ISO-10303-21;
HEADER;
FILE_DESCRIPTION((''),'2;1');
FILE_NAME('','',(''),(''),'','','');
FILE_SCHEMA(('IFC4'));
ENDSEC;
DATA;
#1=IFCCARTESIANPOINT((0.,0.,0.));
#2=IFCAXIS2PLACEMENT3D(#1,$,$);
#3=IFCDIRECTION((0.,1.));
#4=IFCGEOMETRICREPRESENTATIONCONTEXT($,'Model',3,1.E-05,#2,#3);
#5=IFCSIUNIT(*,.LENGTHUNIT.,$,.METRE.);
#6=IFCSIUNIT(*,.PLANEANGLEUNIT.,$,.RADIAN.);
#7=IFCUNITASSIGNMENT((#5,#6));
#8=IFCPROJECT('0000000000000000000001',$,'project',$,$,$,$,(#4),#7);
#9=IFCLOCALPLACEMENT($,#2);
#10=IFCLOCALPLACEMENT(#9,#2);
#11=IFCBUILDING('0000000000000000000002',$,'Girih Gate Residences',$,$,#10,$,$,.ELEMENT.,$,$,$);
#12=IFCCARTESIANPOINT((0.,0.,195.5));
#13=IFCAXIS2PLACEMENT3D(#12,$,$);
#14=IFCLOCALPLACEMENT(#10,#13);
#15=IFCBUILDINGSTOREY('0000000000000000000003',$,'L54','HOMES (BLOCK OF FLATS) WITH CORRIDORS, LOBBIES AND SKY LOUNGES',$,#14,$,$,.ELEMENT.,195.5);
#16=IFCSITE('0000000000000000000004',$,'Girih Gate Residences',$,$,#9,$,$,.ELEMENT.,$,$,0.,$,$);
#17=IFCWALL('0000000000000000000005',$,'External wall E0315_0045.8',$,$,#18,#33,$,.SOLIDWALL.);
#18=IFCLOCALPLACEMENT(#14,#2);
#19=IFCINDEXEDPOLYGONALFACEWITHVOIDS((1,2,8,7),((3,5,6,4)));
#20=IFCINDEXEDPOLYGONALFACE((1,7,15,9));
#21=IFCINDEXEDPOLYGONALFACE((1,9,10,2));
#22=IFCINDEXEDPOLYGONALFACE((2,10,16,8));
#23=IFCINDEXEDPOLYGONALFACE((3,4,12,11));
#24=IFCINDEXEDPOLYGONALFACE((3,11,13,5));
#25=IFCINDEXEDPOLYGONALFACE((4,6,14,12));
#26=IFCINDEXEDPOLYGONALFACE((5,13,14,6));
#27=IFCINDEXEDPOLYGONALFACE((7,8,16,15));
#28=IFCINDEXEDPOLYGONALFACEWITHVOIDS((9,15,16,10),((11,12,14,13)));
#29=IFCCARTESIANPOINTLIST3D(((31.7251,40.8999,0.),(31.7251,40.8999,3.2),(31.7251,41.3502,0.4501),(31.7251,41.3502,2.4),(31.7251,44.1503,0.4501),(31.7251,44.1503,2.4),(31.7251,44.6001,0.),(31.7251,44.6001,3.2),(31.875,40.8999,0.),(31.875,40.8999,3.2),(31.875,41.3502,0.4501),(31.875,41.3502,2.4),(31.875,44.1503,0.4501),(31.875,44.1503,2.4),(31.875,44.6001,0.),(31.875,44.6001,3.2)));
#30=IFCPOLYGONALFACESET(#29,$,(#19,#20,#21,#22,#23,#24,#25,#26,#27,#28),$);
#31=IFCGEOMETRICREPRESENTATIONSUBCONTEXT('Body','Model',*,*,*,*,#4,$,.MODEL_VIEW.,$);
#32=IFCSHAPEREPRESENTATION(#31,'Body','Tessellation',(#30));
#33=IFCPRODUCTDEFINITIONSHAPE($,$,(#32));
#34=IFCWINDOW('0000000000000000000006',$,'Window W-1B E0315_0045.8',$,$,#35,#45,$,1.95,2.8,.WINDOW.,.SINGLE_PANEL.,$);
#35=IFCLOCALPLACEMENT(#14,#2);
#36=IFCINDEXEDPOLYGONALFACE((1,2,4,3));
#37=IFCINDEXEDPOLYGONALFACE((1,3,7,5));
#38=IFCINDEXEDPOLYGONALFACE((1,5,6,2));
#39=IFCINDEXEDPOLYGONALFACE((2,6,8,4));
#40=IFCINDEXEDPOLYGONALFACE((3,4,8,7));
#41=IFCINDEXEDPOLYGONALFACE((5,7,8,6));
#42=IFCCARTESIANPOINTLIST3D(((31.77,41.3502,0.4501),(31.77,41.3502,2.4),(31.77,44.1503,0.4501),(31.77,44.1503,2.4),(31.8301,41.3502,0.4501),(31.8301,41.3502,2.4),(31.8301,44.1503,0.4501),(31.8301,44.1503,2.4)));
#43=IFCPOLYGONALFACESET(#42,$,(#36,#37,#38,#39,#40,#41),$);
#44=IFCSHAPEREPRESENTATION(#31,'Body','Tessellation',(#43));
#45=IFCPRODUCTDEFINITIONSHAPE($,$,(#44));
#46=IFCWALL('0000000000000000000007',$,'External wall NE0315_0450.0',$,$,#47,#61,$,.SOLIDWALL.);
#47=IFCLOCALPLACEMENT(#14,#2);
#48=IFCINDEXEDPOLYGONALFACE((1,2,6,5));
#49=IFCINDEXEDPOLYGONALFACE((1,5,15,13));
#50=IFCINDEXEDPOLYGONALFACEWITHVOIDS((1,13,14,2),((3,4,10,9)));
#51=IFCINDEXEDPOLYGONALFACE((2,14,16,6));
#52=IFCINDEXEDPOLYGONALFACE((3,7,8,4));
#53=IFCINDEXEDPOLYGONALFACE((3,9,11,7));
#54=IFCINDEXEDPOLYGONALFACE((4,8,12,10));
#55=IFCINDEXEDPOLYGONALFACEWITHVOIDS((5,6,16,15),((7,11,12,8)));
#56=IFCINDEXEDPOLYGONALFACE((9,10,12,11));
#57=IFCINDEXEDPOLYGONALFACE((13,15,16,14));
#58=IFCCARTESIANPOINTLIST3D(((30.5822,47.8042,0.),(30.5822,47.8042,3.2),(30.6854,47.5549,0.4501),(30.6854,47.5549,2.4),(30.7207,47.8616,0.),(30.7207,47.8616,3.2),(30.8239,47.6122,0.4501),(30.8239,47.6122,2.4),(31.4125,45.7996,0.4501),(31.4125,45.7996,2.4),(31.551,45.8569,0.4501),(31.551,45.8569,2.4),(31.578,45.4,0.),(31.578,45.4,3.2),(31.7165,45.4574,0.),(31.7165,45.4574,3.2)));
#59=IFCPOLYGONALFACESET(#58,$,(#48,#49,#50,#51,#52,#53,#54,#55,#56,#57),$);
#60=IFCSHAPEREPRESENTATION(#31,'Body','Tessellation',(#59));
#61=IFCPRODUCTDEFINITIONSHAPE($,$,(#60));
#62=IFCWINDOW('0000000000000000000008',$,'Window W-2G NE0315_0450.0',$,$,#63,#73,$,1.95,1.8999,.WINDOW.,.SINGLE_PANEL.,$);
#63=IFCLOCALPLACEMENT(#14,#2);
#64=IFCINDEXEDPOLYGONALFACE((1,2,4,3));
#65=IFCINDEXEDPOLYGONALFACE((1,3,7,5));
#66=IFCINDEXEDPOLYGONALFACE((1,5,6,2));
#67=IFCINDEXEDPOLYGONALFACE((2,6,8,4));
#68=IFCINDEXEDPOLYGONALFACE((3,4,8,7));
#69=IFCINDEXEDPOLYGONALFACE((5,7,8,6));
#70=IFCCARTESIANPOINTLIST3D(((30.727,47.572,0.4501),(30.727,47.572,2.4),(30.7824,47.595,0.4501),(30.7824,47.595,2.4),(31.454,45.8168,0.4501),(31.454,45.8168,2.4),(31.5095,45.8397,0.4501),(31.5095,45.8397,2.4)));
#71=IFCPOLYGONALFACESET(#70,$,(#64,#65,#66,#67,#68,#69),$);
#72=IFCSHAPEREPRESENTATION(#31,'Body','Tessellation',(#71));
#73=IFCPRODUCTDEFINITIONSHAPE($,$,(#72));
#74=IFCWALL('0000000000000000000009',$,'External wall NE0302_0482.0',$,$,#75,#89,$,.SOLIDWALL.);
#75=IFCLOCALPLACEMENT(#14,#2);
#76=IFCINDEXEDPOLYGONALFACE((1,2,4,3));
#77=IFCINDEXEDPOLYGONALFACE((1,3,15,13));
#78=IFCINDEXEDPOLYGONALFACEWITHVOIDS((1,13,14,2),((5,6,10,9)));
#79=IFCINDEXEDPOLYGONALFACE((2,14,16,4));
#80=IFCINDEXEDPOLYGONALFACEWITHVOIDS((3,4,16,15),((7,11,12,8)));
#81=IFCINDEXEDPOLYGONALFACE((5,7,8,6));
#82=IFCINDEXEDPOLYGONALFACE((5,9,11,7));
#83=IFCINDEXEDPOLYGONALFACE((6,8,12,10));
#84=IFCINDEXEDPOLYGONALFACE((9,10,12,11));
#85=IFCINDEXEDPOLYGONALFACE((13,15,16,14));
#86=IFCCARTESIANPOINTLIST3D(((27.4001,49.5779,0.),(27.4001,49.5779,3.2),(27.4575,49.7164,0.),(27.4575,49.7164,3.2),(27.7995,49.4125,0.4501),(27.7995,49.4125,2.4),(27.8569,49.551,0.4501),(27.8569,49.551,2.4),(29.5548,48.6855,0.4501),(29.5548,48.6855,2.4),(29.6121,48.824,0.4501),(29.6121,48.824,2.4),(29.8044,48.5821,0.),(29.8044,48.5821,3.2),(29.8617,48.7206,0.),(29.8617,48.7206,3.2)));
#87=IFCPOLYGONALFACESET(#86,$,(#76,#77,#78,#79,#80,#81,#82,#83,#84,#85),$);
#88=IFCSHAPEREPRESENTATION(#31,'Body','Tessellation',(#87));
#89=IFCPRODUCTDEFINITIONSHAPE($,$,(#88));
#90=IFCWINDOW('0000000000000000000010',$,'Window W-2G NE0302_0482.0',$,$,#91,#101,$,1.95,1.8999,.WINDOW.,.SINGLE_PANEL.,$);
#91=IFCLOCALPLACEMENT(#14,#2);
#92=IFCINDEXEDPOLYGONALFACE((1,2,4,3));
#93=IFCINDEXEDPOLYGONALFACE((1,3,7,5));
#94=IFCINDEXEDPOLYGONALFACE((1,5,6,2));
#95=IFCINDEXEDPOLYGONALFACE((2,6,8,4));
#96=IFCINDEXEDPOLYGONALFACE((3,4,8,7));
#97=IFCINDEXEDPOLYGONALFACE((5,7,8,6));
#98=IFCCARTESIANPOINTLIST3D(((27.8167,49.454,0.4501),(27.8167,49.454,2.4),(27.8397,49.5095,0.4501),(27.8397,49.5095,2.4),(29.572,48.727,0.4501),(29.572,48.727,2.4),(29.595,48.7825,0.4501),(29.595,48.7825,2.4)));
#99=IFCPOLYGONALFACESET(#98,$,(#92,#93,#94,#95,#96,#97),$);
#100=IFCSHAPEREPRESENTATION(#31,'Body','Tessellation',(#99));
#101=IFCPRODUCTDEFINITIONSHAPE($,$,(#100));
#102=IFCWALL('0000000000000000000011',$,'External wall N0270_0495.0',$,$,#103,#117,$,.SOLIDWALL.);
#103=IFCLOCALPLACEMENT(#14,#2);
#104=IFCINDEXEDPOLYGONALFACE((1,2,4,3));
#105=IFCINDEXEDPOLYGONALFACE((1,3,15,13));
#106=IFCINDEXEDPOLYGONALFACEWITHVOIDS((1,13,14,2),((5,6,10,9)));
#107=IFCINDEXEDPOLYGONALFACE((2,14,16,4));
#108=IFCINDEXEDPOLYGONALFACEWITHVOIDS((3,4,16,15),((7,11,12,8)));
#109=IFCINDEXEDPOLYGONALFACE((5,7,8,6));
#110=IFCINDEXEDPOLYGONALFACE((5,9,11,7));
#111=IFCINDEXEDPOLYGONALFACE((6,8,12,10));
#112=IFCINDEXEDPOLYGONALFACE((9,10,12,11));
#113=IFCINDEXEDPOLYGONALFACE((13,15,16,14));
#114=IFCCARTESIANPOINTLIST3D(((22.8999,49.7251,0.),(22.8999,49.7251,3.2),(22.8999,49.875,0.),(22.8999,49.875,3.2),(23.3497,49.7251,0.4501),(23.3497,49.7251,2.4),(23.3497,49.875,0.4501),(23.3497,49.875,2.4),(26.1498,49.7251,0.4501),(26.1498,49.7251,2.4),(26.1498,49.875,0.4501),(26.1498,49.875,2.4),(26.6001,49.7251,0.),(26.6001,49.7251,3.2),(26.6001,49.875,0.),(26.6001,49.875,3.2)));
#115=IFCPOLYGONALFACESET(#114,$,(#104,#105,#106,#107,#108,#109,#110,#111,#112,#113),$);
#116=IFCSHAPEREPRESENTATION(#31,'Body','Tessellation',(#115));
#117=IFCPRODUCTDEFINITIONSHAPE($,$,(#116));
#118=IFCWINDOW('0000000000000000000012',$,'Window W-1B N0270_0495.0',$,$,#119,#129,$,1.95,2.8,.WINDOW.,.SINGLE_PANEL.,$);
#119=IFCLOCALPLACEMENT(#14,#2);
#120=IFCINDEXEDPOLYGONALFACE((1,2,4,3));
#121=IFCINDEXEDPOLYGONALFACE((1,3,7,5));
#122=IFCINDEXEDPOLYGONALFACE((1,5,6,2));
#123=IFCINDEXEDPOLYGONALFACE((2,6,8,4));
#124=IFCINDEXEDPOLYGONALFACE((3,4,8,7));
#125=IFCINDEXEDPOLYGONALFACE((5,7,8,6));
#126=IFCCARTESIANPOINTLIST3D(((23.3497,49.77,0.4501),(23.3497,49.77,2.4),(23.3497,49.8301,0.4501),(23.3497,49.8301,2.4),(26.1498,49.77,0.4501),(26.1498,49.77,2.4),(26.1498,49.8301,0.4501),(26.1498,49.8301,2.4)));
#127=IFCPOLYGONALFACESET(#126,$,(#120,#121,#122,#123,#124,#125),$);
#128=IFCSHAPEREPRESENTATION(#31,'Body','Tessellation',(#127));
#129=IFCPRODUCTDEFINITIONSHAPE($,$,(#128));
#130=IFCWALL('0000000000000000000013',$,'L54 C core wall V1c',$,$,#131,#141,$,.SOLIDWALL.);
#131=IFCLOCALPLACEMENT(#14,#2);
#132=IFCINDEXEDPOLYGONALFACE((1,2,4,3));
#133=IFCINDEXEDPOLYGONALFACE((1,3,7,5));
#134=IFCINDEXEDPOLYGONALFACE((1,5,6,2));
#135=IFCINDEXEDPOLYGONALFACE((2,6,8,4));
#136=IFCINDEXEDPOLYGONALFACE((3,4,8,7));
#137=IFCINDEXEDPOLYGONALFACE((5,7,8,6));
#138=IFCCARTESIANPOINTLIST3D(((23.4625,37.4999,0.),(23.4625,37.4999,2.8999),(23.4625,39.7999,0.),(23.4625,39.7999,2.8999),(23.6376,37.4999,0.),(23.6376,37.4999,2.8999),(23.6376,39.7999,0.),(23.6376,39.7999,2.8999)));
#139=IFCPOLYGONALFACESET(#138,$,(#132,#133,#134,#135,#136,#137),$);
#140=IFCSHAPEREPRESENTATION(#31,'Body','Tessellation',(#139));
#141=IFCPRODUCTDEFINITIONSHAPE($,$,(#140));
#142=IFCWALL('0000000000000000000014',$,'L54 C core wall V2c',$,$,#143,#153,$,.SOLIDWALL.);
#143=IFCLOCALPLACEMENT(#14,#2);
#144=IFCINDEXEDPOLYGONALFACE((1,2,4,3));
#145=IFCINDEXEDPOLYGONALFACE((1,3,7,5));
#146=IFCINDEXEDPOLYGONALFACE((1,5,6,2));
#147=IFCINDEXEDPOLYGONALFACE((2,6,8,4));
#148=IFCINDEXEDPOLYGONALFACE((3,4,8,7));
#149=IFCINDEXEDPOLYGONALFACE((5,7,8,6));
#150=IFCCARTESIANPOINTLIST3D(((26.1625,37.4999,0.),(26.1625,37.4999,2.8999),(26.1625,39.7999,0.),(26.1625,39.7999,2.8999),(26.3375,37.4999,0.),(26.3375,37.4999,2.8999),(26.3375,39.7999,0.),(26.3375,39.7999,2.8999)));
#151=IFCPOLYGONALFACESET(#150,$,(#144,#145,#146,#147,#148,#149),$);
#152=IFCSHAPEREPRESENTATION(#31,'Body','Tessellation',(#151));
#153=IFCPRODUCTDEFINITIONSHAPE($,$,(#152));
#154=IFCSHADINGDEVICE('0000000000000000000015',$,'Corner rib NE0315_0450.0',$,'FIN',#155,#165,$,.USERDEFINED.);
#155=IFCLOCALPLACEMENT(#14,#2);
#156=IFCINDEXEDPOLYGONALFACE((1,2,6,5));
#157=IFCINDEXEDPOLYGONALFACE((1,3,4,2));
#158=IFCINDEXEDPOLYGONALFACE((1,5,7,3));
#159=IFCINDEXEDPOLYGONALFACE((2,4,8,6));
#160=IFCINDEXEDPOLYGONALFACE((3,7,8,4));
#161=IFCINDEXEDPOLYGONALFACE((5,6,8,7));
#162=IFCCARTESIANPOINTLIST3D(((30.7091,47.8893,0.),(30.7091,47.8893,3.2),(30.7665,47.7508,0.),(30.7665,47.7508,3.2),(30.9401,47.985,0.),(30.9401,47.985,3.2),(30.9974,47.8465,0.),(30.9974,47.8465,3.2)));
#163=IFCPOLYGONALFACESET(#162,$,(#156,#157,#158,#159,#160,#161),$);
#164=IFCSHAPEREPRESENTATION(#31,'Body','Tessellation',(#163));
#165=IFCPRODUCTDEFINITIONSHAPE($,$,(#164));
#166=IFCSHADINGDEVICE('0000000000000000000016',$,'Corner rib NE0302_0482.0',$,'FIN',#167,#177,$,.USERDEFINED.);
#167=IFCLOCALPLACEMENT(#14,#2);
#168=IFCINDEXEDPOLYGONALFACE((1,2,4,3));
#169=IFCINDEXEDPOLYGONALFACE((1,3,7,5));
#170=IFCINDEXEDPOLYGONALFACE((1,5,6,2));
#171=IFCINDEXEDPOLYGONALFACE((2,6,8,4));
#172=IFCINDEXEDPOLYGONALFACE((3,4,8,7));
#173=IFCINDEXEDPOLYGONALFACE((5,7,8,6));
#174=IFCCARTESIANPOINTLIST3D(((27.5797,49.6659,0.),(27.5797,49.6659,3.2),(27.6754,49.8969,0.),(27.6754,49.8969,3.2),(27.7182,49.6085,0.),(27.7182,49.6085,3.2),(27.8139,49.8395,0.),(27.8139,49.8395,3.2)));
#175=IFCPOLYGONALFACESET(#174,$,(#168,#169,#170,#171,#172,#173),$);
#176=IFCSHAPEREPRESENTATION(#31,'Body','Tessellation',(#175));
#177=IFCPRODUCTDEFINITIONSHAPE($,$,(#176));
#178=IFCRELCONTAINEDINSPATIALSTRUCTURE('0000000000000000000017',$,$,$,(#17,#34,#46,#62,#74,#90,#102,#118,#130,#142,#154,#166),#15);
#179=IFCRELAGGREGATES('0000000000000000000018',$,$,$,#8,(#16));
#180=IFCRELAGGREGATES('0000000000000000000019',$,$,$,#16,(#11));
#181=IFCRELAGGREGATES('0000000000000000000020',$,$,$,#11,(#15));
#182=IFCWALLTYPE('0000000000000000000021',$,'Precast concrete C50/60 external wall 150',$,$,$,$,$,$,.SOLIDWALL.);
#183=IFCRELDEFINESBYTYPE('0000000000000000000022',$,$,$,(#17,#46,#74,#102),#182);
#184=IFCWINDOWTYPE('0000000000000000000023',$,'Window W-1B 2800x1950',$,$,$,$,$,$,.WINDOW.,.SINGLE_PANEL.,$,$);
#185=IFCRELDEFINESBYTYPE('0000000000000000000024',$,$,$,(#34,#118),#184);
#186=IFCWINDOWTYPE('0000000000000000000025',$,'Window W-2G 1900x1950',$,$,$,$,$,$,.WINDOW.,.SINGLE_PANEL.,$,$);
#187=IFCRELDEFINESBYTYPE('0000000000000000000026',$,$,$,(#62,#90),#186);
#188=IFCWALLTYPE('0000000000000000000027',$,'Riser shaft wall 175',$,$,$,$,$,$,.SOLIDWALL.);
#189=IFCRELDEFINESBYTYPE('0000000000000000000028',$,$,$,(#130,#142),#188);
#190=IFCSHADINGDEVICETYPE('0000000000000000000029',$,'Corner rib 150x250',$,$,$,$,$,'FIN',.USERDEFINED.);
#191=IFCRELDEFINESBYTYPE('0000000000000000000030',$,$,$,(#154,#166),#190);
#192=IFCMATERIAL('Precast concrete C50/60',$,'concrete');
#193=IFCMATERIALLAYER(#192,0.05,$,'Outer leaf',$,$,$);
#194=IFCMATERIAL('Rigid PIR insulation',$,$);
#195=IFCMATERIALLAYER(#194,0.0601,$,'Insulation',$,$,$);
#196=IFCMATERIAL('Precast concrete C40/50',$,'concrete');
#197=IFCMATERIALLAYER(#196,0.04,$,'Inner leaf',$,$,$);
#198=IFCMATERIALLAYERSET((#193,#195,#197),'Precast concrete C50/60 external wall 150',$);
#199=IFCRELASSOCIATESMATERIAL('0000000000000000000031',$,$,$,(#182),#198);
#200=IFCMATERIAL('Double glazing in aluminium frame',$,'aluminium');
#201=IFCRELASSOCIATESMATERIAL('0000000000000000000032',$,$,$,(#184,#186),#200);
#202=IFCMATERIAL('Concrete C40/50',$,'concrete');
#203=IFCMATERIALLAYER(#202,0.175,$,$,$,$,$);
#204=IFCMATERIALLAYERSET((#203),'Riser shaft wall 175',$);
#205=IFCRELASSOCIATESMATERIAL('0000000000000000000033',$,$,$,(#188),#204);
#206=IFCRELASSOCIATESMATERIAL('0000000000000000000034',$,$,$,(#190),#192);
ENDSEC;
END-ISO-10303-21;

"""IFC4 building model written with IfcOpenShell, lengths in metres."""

from ifc_helpers import new_model, si_unit, direction, frame, frame_2d, origin, origin_2d, place, context, subcontext, project, spatial, rectangle, extrude, material, layer, layer_set, type_object, element, fill, save


model = new_model("IFC4")

# Units and contexts
model_context = context("Model", 3, precision=1e-05, world=origin(), true_north=direction((0.0, 1.0)))
body_context = subcontext(model_context, "Body", "Model", "MODEL_VIEW")
ifc_project = project(units=[si_unit("LENGTHUNIT", "METRE"), si_unit("PLANEANGLEUNIT", "RADIAN")], contexts=[model_context])

# Site, building, storey
site_placement = place(None, origin())
site = spatial("IfcSite", under=ifc_project, at=site_placement, Name="Girih Gate Residences", CompositionType="ELEMENT", RefElevation=0.0)
building_placement = place(site_placement, origin())
building = spatial("IfcBuilding", under=site, at=building_placement, Name="Girih Gate Residences", CompositionType="ELEMENT")
storey_placement = place(building_placement, frame((0.0, 0.0, 195.5)))
storey = spatial("IfcBuildingStorey", under=building, at=storey_placement, Name="L54", Description="HOMES (BLOCK OF FLATS) WITH CORRIDORS, LOBBIES AND SKY LOUNGES", CompositionType="ELEMENT", Elevation=195.5)

# Walls, openings, windows
ifc_material_1 = material(Name="Precast concrete C50/60", Category="concrete")
ifc_layer_1 = layer(ifc_material_1, 0.05, Name="Outer leaf")
ifc_material_2 = material(Name="Rigid PIR insulation")
ifc_layer_2 = layer(ifc_material_2, 0.0601, Name="Insulation")
ifc_material_3 = material(Name="Precast concrete C40/50", Category="concrete")
ifc_layer_3 = layer(ifc_material_3, 0.04, Name="Inner leaf")
ifc_layer_set_1 = layer_set([ifc_layer_1, ifc_layer_2, ifc_layer_3], Name="Precast concrete C50/60 external wall 150")
wall_type_1 = type_object("IfcWallType", Name="Precast concrete C50/60 external wall 150", PredefinedType="SOLIDWALL", material=ifc_layer_set_1)
ifc_material_4 = material(Name="Double glazing in aluminium frame", Category="aluminium")
window_type_1 = type_object("IfcWindowType", Name="Window W-1B 2800x1950", PartitioningType="SINGLE_PANEL", PredefinedType="WINDOW", material=ifc_material_4)
wall_1_placement = place(storey_placement, frame((31.8, 44.6001, 0.0), z_axis=(0.0, 0.0, 1.0), x_axis=(0.0, -1.0, 0.0)))
wall_1 = element("IfcWall", 1, at=wall_1_placement, inside=storey, type_object=wall_type_1, Name="External wall E0315_0045.8", PredefinedType="SOLIDWALL", context=body_context, shape_type="SweptSolid", body=[
    extrude(rectangle(XDim=3.7002, YDim=0.1499, at=frame_2d((1.8501, 0.0))), origin(), (0.0, 0.0, 1.0), 3.2),
])
opening_1_placement = place(wall_1_placement, frame((0.45, 0.0, 0.45)))
opening_1 = element("IfcOpeningElement", 2, at=opening_1_placement, cuts=wall_1, PredefinedType="OPENING", context=body_context, shape_type="SweptSolid", body=[
    extrude(rectangle(XDim=2.8, YDim=1.95, at=frame_2d((1.3999, 0.9751))), frame((0.0, 0.085, 0.0), z_axis=(0.0, -1.0, 0.0), x_axis=(1.0, 0.0, 0.0)), (0.0, 0.0, 1.0), 0.1699),
])
window_1_placement = place(opening_1_placement, origin())
window_1 = element("IfcWindow", 3, at=window_1_placement, inside=storey, type_object=window_type_1, Name="Window W-1B E0315_0045.8", OverallHeight=1.95, OverallWidth=2.8, PartitioningType="SINGLE_PANEL", PredefinedType="WINDOW", context=body_context, shape_type="SweptSolid", body=[
    extrude(rectangle(XDim=2.8, YDim=1.95, at=frame_2d((1.3999, 0.9751))), frame((0.0, 0.03, 0.0), z_axis=(0.0, -1.0, 0.0), x_axis=(1.0, 0.0, 0.0)), (0.0, 0.0, 1.0), 0.0601),
])
fill(opening_1, window_1)
wall_2_placement = place(storey_placement, frame((30.6514, 47.833, 0.0), z_axis=(0.0, 0.0, 1.0), x_axis=(0.382669, -0.923885, 0.0)))
wall_2 = element("IfcWall", 4, at=wall_2_placement, inside=storey, type_object=wall_type_1, Name="External wall NE0315_0450.0", PredefinedType="SOLIDWALL", context=body_context, shape_type="SweptSolid", body=[
    extrude(rectangle(XDim=2.6023, YDim=0.1499, at=frame_2d((1.3013, 0.0))), origin(), (0.0, 0.0, 1.0), 3.2),
])
opening_2_placement = place(wall_2_placement, frame((0.27, 0.0, 0.45)))
opening_2 = element("IfcOpeningElement", 5, at=opening_2_placement, cuts=wall_2, PredefinedType="OPENING", context=body_context, shape_type="SweptSolid", body=[
    extrude(rectangle(XDim=1.8999, YDim=1.95, at=frame_2d((0.95, 0.9751))), frame((0.0, 0.085, 0.0), z_axis=(0.0, -1.0, 0.0), x_axis=(1.0, 0.0, 0.0)), (0.0, 0.0, 1.0), 0.1699),
])
window_type_2 = type_object("IfcWindowType", Name="Window W-2G 1900x1950", PartitioningType="SINGLE_PANEL", PredefinedType="WINDOW", material=ifc_material_4)
window_2_placement = place(opening_2_placement, origin())
window_2 = element("IfcWindow", 6, at=window_2_placement, inside=storey, type_object=window_type_2, Name="Window W-2G NE0315_0450.0", OverallHeight=1.95, OverallWidth=1.8999, PartitioningType="SINGLE_PANEL", PredefinedType="WINDOW", context=body_context, shape_type="SweptSolid", body=[
    extrude(rectangle(XDim=1.8999, YDim=1.95, at=frame_2d((0.95, 0.9751))), frame((0.0, 0.03, 0.0), z_axis=(0.0, -1.0, 0.0), x_axis=(1.0, 0.0, 0.0)), (0.0, 0.0, 1.0), 0.0601),
])
fill(opening_2, window_2)
wall_3_placement = place(storey_placement, frame((27.4287, 49.6472, 0.0), z_axis=(0.0, 0.0, 1.0), x_axis=(0.923885, -0.382669, 0.0)))
wall_3 = element("IfcWall", 7, at=wall_3_placement, inside=storey, type_object=wall_type_1, Name="External wall NE0302_0482.0", PredefinedType="SOLIDWALL", context=body_context, shape_type="SweptSolid", body=[
    extrude(rectangle(XDim=2.6023, YDim=0.1499, at=frame_2d((1.3013, 0.0))), origin(), (0.0, 0.0, 1.0), 3.2),
])
opening_3_placement = place(wall_3_placement, frame((0.4324, 0.0, 0.45)))
opening_3 = element("IfcOpeningElement", 8, at=opening_3_placement, cuts=wall_3, PredefinedType="OPENING", context=body_context, shape_type="SweptSolid", body=[
    extrude(rectangle(XDim=1.8999, YDim=1.95, at=frame_2d((0.95, 0.9751))), frame((0.0, 0.085, 0.0), z_axis=(0.0, -1.0, 0.0), x_axis=(1.0, 0.0, 0.0)), (0.0, 0.0, 1.0), 0.1699),
])
window_3_placement = place(opening_3_placement, origin())
window_3 = element("IfcWindow", 9, at=window_3_placement, inside=storey, type_object=window_type_2, Name="Window W-2G NE0302_0482.0", OverallHeight=1.95, OverallWidth=1.8999, PartitioningType="SINGLE_PANEL", PredefinedType="WINDOW", context=body_context, shape_type="SweptSolid", body=[
    extrude(rectangle(XDim=1.8999, YDim=1.95, at=frame_2d((0.95, 0.9751))), frame((0.0, 0.03, 0.0), z_axis=(0.0, -1.0, 0.0), x_axis=(1.0, 0.0, 0.0)), (0.0, 0.0, 1.0), 0.0601),
])
fill(opening_3, window_3)
wall_4_placement = place(storey_placement, frame((22.8999, 49.8, 0.0), z_axis=(0.0, 0.0, 1.0), x_axis=(1.0, 0.0, 0.0)))
wall_4 = element("IfcWall", 10, at=wall_4_placement, inside=storey, type_object=wall_type_1, Name="External wall N0270_0495.0", PredefinedType="SOLIDWALL", context=body_context, shape_type="SweptSolid", body=[
    extrude(rectangle(XDim=3.7002, YDim=0.1499, at=frame_2d((1.8501, 0.0))), origin(), (0.0, 0.0, 1.0), 3.2),
])
opening_4_placement = place(wall_4_placement, frame((0.45, 0.0, 0.45)))
opening_4 = element("IfcOpeningElement", 11, at=opening_4_placement, cuts=wall_4, PredefinedType="OPENING", context=body_context, shape_type="SweptSolid", body=[
    extrude(rectangle(XDim=2.8, YDim=1.95, at=frame_2d((1.3999, 0.9751))), frame((0.0, 0.085, 0.0), z_axis=(0.0, -1.0, 0.0), x_axis=(1.0, 0.0, 0.0)), (0.0, 0.0, 1.0), 0.1699),
])
window_4_placement = place(opening_4_placement, origin())
window_4 = element("IfcWindow", 12, at=window_4_placement, inside=storey, type_object=window_type_1, Name="Window W-1B N0270_0495.0", OverallHeight=1.95, OverallWidth=2.8, PartitioningType="SINGLE_PANEL", PredefinedType="WINDOW", context=body_context, shape_type="SweptSolid", body=[
    extrude(rectangle(XDim=2.8, YDim=1.95, at=frame_2d((1.3999, 0.9751))), frame((0.0, 0.03, 0.0), z_axis=(0.0, -1.0, 0.0), x_axis=(1.0, 0.0, 0.0)), (0.0, 0.0, 1.0), 0.0601),
])
fill(opening_4, window_4)

# Walls
ifc_material_5 = material(Name="Concrete C40/50", Category="concrete")
ifc_layer_4 = layer(ifc_material_5, 0.175)
ifc_layer_set_2 = layer_set([ifc_layer_4], Name="Riser shaft wall 175")
wall_type_2 = type_object("IfcWallType", Name="Riser shaft wall 175", PredefinedType="SOLIDWALL", material=ifc_layer_set_2)
for number, where, z_axis, x_axis, name in (
    (13, (23.55, 37.5, 0.0), (0.0, 0.0, 1.0), (0.0, 1.0, 0.0), "L54 C core wall V1c"),
    (14, (26.25, 37.5, 0.0), (0.0, 0.0, 1.0), (0.0, 1.0, 0.0), "L54 C core wall V2c"),
):
    element("IfcWall", number, at=place(storey_placement, frame(where, z_axis=z_axis, x_axis=x_axis)), inside=storey, type_object=wall_type_2, Name=name, PredefinedType="SOLIDWALL", context=body_context, shape_type="SweptSolid", body=[
        extrude(rectangle(XDim=2.3, YDim=0.175, at=frame_2d((1.1499, 0.0))), origin(), (0.0, 0.0, 1.0), 2.8999),
    ])

# Shading devices
shading_device_type = type_object("IfcShadingDeviceType", Name="Corner rib 150x250", ElementType="FIN", PredefinedType="USERDEFINED", material=ifc_material_1)
for number, where, z_axis, x_axis, name in (
    (15, (30.8533, 47.8679, 0.0), (0.0, 0.0, 1.0), (-0.382683, 0.92388, 0.0), "Corner rib NE0315_0450.0"),
    (16, (27.6968, 49.7527, 0.0), (0.0, 0.0, 1.0), (-0.92388, 0.382683, 0.0), "Corner rib NE0302_0482.0"),
):
    element("IfcShadingDevice", number, at=place(storey_placement, frame(where, z_axis=z_axis, x_axis=x_axis)), inside=storey, type_object=shading_device_type, Name=name, ObjectType="FIN", PredefinedType="USERDEFINED", context=body_context, shape_type="SweptSolid", body=[
        extrude(rectangle(XDim=0.1499, YDim=0.25, at=origin_2d()), origin(), (0.0, 0.0, 1.0), 3.2),
    ])

save(model, "model.ifc")
